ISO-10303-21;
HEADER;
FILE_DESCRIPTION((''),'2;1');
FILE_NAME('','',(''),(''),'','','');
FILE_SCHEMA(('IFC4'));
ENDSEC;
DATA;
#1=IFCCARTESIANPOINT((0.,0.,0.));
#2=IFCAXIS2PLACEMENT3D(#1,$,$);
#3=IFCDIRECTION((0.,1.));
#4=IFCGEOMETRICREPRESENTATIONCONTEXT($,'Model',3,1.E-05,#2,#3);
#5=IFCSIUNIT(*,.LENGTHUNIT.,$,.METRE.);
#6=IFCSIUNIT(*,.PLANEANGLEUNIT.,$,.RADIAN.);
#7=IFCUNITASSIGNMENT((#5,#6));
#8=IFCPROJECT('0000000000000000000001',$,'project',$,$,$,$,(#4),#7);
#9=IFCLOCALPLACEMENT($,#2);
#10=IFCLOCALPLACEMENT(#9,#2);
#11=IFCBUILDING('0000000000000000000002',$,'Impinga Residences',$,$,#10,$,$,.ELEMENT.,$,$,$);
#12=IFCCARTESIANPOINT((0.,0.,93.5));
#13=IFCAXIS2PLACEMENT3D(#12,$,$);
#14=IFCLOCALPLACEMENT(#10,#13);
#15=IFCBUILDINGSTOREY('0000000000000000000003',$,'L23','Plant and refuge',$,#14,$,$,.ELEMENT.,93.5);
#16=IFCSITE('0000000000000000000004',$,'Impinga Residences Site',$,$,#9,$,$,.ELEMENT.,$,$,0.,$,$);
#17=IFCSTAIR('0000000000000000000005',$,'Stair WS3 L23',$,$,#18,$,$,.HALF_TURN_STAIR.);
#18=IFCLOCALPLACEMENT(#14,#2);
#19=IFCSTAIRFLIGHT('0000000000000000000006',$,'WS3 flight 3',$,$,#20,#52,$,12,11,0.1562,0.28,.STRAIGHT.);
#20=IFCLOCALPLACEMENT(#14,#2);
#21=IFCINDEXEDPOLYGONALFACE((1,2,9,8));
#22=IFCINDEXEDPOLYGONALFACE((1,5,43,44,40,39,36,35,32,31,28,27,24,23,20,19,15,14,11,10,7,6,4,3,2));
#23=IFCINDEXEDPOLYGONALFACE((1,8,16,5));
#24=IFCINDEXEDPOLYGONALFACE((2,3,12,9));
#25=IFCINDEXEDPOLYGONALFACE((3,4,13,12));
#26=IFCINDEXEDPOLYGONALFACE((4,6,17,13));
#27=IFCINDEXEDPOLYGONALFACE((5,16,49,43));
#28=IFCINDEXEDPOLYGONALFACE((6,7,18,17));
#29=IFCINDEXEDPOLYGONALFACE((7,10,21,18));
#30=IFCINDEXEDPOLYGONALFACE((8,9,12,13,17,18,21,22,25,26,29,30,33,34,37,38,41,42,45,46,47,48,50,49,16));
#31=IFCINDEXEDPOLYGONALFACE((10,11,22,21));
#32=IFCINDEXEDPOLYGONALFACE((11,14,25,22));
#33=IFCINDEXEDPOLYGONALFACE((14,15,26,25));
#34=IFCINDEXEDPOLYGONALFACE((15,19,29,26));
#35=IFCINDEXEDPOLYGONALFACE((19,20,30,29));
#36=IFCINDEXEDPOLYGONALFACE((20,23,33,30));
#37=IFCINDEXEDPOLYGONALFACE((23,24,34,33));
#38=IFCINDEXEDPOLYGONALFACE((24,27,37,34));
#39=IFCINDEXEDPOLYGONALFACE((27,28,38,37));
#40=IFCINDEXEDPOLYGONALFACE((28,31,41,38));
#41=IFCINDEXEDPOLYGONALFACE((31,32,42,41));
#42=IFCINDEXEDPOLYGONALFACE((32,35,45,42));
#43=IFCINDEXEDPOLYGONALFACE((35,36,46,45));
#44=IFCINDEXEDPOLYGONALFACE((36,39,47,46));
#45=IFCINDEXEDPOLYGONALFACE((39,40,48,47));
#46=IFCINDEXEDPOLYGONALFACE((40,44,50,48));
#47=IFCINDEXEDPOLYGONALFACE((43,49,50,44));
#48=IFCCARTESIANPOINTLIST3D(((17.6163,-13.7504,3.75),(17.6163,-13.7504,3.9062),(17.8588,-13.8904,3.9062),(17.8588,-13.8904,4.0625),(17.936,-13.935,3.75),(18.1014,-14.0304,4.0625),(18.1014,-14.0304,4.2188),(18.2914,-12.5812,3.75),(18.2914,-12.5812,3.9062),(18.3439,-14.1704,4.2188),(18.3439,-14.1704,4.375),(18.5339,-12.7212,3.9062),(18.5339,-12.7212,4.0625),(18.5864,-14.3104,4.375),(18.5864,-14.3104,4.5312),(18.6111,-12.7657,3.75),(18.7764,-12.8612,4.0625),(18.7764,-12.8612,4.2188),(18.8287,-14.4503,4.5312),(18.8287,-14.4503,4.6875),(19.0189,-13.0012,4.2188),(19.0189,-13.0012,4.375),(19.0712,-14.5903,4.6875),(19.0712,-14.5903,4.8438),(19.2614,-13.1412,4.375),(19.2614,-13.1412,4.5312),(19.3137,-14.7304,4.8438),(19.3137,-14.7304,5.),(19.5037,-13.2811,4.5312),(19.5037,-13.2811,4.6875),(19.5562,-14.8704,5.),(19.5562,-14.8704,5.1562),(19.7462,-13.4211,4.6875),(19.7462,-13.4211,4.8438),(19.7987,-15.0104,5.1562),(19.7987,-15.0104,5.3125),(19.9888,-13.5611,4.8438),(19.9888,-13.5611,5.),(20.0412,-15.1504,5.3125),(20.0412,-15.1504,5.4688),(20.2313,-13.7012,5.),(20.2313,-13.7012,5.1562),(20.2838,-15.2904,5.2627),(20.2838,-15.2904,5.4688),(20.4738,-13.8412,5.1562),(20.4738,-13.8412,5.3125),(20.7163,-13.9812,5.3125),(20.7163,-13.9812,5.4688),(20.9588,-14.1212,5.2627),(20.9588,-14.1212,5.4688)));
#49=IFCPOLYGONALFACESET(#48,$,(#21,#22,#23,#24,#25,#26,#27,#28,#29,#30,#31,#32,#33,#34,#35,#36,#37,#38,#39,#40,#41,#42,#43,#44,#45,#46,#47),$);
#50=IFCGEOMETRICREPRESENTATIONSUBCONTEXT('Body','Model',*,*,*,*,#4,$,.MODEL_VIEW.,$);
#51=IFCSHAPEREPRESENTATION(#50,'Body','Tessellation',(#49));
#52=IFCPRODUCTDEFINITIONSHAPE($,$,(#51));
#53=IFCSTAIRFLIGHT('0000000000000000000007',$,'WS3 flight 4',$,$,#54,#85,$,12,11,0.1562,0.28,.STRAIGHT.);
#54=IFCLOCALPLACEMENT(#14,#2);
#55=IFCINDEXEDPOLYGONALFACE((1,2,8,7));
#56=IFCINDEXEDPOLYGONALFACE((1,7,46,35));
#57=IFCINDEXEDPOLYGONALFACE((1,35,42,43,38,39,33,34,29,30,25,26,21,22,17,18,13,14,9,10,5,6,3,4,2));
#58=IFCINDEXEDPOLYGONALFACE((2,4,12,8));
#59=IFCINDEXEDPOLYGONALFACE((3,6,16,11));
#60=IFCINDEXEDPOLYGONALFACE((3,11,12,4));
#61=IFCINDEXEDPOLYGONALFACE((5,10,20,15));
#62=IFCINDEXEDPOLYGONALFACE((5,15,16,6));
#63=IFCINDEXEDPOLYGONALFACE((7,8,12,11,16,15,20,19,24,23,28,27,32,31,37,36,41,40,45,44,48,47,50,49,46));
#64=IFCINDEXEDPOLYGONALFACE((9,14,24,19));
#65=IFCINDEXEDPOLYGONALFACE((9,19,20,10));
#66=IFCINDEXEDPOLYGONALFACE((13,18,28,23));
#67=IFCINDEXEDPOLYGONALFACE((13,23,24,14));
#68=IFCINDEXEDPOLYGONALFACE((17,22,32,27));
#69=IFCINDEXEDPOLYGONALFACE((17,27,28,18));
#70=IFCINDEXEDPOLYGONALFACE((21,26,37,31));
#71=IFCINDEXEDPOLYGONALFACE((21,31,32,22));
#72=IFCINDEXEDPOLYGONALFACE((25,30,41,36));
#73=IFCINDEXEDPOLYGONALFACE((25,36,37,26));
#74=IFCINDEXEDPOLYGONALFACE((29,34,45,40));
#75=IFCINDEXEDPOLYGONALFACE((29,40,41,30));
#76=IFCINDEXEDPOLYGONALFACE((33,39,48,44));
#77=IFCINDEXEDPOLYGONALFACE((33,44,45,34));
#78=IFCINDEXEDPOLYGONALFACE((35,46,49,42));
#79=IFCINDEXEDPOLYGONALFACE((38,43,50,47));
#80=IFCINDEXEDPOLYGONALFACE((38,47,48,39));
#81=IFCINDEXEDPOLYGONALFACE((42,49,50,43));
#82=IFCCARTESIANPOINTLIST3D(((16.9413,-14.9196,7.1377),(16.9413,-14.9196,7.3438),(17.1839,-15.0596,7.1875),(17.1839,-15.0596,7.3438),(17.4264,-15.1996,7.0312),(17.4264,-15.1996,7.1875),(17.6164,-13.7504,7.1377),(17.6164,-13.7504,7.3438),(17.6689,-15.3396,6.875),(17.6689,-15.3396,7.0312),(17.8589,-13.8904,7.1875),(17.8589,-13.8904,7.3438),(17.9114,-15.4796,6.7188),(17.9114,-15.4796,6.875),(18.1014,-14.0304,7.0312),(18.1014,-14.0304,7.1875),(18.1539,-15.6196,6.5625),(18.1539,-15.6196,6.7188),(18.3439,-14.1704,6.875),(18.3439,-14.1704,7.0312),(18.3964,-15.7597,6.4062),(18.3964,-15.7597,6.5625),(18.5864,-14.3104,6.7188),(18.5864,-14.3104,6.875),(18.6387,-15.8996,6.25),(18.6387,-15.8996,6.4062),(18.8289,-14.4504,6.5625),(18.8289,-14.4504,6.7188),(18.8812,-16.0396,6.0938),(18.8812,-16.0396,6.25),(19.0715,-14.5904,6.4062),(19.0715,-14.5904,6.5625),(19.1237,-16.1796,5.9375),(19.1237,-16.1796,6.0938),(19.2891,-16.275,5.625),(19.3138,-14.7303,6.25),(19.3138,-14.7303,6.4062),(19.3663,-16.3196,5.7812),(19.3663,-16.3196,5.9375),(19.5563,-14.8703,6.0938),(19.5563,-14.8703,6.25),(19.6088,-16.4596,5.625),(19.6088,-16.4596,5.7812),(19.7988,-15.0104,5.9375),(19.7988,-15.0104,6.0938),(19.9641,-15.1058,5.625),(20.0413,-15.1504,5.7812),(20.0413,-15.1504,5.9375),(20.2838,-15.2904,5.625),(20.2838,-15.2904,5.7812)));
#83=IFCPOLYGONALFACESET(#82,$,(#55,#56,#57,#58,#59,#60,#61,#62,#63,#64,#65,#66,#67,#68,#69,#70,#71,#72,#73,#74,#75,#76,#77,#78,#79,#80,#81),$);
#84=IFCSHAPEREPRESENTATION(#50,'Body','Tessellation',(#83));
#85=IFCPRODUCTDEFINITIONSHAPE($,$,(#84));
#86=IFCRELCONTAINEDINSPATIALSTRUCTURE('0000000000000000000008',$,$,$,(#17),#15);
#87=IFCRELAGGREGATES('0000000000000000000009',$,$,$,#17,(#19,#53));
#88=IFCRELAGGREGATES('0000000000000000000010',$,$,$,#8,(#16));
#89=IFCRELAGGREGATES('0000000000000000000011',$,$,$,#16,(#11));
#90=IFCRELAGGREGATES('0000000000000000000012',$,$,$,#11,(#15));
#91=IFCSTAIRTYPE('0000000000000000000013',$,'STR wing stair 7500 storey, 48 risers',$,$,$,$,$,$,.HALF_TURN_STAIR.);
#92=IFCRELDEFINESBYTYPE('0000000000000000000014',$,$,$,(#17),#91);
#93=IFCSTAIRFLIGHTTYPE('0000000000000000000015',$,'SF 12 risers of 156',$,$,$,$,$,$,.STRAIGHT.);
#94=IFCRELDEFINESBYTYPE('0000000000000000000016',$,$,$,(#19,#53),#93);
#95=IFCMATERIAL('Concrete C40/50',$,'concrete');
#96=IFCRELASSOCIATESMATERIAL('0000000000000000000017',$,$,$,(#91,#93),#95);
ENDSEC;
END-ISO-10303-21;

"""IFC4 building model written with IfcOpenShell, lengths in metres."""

from ifc_helpers import new_model, si_unit, direction, frame, origin, place, context, subcontext, project, spatial, polyline, outline, extrude, material, type_object, element, aggregate, save


model = new_model("IFC4")

# Units and contexts
model_context = context("Model", 3, precision=1e-05, world=origin(), true_north=direction((0.0, 1.0)))
body_context = subcontext(model_context, "Body", "Model", "MODEL_VIEW")
ifc_project = project(units=[si_unit("LENGTHUNIT", "METRE"), si_unit("PLANEANGLEUNIT", "RADIAN")], contexts=[model_context])

# Site, building, storey
site_placement = place(None, origin())
site = spatial("IfcSite", under=ifc_project, at=site_placement, Name="Impinga Residences Site", CompositionType="ELEMENT", RefElevation=0.0)
building_placement = place(site_placement, origin())
building = spatial("IfcBuilding", under=site, at=building_placement, Name="Impinga Residences", CompositionType="ELEMENT")
storey_placement = place(building_placement, frame((0.0, 0.0, 93.5)))
storey = spatial("IfcBuildingStorey", under=building, at=storey_placement, Name="L23", Description="Plant and refuge", CompositionType="ELEMENT", Elevation=93.5)

# Stair, stair flights
ifc_material_1 = material(Name="Concrete C40/50", Category="concrete")
stair_type = type_object("IfcStairType", Name="STR wing stair 7500 storey, 48 risers", PredefinedType="HALF_TURN_STAIR", material=ifc_material_1)
stair_placement = place(storey_placement, origin())
stair = element("IfcStair", 1, at=stair_placement, inside=storey, type_object=stair_type, Name="Stair WS3 L23", PredefinedType="HALF_TURN_STAIR")
stair_flight_type = type_object("IfcStairFlightType", Name="SF 12 risers of 156", PredefinedType="STRAIGHT", material=ifc_material_1)
stair_flight_1_placement = place(storey_placement, frame((17.9539, -13.1658, 3.75), z_axis=(0.0, 0.0, 1.0), x_axis=(0.866025, -0.5, 0.0)))
stair_flight_1 = element("IfcStairFlight", 2, at=stair_flight_1_placement, type_object=stair_flight_type, Name="WS3 flight 3", NumberOfRisers=12, NumberOfTreads=11, PredefinedType="STRAIGHT", RiserHeight=0.1562, TreadLength=0.28, context=body_context, shape_type="SweptSolid", body=[
    extrude(outline(polyline([(0.0, 0.0), (0.0, 0.1562), (0.28, 0.1562), (0.28, 0.3125), (0.5601, 0.3125), (0.5601, 0.4688), (0.8401, 0.4688), (0.8401, 0.625), (1.1201, 0.625), (1.1201, 0.7812), (1.3999, 0.7812), (1.3999, 0.9375), (1.6799, 0.9375), (1.6799, 1.0938), (1.96, 1.0938), (1.96, 1.25), (2.24, 1.25), (2.24, 1.4062), (2.52, 1.4062), (2.52, 1.5625), (2.8, 1.5625), (2.8, 1.7188), (3.0801, 1.7188), (3.0801, 1.875), (3.0801, 1.5127), (0.3691, 0.0), (0.0, 0.0)])), frame((0.0, 0.675, 0.0), z_axis=(0.0, -1.0, 0.0), x_axis=(1.0, 0.0, 0.0)), (0.0, 0.0, 1.0), 1.3501),
])
stair_flight_2_placement = place(storey_placement, frame((19.9463, -15.875, 5.625), z_axis=(0.0, 0.0, 1.0), x_axis=(-0.866025, 0.5, 0.0)))
stair_flight_2 = element("IfcStairFlight", 3, at=stair_flight_2_placement, type_object=stair_flight_type, Name="WS3 flight 4", NumberOfRisers=12, NumberOfTreads=11, PredefinedType="STRAIGHT", RiserHeight=0.1562, TreadLength=0.28, context=body_context, shape_type="SweptSolid", body=[
    extrude(outline(polyline([(0.0, 0.0), (0.0, 0.1562), (0.28, 0.1562), (0.28, 0.3125), (0.5601, 0.3125), (0.5601, 0.4688), (0.8401, 0.4688), (0.8401, 0.625), (1.1201, 0.625), (1.1201, 0.7812), (1.3999, 0.7812), (1.3999, 0.9375), (1.6799, 0.9375), (1.6799, 1.0938), (1.96, 1.0938), (1.96, 1.25), (2.24, 1.25), (2.24, 1.4062), (2.52, 1.4062), (2.52, 1.5625), (2.8, 1.5625), (2.8, 1.7188), (3.0801, 1.7188), (3.0801, 1.875), (3.0801, 1.5127), (0.3691, 0.0), (0.0, 0.0)])), frame((0.0, 0.675, 0.0), z_axis=(0.0, -1.0, 0.0), x_axis=(1.0, 0.0, 0.0)), (0.0, 0.0, 1.0), 1.3501),
])
aggregate(stair, [stair_flight_1, stair_flight_2])

save(model, "model.ifc")
